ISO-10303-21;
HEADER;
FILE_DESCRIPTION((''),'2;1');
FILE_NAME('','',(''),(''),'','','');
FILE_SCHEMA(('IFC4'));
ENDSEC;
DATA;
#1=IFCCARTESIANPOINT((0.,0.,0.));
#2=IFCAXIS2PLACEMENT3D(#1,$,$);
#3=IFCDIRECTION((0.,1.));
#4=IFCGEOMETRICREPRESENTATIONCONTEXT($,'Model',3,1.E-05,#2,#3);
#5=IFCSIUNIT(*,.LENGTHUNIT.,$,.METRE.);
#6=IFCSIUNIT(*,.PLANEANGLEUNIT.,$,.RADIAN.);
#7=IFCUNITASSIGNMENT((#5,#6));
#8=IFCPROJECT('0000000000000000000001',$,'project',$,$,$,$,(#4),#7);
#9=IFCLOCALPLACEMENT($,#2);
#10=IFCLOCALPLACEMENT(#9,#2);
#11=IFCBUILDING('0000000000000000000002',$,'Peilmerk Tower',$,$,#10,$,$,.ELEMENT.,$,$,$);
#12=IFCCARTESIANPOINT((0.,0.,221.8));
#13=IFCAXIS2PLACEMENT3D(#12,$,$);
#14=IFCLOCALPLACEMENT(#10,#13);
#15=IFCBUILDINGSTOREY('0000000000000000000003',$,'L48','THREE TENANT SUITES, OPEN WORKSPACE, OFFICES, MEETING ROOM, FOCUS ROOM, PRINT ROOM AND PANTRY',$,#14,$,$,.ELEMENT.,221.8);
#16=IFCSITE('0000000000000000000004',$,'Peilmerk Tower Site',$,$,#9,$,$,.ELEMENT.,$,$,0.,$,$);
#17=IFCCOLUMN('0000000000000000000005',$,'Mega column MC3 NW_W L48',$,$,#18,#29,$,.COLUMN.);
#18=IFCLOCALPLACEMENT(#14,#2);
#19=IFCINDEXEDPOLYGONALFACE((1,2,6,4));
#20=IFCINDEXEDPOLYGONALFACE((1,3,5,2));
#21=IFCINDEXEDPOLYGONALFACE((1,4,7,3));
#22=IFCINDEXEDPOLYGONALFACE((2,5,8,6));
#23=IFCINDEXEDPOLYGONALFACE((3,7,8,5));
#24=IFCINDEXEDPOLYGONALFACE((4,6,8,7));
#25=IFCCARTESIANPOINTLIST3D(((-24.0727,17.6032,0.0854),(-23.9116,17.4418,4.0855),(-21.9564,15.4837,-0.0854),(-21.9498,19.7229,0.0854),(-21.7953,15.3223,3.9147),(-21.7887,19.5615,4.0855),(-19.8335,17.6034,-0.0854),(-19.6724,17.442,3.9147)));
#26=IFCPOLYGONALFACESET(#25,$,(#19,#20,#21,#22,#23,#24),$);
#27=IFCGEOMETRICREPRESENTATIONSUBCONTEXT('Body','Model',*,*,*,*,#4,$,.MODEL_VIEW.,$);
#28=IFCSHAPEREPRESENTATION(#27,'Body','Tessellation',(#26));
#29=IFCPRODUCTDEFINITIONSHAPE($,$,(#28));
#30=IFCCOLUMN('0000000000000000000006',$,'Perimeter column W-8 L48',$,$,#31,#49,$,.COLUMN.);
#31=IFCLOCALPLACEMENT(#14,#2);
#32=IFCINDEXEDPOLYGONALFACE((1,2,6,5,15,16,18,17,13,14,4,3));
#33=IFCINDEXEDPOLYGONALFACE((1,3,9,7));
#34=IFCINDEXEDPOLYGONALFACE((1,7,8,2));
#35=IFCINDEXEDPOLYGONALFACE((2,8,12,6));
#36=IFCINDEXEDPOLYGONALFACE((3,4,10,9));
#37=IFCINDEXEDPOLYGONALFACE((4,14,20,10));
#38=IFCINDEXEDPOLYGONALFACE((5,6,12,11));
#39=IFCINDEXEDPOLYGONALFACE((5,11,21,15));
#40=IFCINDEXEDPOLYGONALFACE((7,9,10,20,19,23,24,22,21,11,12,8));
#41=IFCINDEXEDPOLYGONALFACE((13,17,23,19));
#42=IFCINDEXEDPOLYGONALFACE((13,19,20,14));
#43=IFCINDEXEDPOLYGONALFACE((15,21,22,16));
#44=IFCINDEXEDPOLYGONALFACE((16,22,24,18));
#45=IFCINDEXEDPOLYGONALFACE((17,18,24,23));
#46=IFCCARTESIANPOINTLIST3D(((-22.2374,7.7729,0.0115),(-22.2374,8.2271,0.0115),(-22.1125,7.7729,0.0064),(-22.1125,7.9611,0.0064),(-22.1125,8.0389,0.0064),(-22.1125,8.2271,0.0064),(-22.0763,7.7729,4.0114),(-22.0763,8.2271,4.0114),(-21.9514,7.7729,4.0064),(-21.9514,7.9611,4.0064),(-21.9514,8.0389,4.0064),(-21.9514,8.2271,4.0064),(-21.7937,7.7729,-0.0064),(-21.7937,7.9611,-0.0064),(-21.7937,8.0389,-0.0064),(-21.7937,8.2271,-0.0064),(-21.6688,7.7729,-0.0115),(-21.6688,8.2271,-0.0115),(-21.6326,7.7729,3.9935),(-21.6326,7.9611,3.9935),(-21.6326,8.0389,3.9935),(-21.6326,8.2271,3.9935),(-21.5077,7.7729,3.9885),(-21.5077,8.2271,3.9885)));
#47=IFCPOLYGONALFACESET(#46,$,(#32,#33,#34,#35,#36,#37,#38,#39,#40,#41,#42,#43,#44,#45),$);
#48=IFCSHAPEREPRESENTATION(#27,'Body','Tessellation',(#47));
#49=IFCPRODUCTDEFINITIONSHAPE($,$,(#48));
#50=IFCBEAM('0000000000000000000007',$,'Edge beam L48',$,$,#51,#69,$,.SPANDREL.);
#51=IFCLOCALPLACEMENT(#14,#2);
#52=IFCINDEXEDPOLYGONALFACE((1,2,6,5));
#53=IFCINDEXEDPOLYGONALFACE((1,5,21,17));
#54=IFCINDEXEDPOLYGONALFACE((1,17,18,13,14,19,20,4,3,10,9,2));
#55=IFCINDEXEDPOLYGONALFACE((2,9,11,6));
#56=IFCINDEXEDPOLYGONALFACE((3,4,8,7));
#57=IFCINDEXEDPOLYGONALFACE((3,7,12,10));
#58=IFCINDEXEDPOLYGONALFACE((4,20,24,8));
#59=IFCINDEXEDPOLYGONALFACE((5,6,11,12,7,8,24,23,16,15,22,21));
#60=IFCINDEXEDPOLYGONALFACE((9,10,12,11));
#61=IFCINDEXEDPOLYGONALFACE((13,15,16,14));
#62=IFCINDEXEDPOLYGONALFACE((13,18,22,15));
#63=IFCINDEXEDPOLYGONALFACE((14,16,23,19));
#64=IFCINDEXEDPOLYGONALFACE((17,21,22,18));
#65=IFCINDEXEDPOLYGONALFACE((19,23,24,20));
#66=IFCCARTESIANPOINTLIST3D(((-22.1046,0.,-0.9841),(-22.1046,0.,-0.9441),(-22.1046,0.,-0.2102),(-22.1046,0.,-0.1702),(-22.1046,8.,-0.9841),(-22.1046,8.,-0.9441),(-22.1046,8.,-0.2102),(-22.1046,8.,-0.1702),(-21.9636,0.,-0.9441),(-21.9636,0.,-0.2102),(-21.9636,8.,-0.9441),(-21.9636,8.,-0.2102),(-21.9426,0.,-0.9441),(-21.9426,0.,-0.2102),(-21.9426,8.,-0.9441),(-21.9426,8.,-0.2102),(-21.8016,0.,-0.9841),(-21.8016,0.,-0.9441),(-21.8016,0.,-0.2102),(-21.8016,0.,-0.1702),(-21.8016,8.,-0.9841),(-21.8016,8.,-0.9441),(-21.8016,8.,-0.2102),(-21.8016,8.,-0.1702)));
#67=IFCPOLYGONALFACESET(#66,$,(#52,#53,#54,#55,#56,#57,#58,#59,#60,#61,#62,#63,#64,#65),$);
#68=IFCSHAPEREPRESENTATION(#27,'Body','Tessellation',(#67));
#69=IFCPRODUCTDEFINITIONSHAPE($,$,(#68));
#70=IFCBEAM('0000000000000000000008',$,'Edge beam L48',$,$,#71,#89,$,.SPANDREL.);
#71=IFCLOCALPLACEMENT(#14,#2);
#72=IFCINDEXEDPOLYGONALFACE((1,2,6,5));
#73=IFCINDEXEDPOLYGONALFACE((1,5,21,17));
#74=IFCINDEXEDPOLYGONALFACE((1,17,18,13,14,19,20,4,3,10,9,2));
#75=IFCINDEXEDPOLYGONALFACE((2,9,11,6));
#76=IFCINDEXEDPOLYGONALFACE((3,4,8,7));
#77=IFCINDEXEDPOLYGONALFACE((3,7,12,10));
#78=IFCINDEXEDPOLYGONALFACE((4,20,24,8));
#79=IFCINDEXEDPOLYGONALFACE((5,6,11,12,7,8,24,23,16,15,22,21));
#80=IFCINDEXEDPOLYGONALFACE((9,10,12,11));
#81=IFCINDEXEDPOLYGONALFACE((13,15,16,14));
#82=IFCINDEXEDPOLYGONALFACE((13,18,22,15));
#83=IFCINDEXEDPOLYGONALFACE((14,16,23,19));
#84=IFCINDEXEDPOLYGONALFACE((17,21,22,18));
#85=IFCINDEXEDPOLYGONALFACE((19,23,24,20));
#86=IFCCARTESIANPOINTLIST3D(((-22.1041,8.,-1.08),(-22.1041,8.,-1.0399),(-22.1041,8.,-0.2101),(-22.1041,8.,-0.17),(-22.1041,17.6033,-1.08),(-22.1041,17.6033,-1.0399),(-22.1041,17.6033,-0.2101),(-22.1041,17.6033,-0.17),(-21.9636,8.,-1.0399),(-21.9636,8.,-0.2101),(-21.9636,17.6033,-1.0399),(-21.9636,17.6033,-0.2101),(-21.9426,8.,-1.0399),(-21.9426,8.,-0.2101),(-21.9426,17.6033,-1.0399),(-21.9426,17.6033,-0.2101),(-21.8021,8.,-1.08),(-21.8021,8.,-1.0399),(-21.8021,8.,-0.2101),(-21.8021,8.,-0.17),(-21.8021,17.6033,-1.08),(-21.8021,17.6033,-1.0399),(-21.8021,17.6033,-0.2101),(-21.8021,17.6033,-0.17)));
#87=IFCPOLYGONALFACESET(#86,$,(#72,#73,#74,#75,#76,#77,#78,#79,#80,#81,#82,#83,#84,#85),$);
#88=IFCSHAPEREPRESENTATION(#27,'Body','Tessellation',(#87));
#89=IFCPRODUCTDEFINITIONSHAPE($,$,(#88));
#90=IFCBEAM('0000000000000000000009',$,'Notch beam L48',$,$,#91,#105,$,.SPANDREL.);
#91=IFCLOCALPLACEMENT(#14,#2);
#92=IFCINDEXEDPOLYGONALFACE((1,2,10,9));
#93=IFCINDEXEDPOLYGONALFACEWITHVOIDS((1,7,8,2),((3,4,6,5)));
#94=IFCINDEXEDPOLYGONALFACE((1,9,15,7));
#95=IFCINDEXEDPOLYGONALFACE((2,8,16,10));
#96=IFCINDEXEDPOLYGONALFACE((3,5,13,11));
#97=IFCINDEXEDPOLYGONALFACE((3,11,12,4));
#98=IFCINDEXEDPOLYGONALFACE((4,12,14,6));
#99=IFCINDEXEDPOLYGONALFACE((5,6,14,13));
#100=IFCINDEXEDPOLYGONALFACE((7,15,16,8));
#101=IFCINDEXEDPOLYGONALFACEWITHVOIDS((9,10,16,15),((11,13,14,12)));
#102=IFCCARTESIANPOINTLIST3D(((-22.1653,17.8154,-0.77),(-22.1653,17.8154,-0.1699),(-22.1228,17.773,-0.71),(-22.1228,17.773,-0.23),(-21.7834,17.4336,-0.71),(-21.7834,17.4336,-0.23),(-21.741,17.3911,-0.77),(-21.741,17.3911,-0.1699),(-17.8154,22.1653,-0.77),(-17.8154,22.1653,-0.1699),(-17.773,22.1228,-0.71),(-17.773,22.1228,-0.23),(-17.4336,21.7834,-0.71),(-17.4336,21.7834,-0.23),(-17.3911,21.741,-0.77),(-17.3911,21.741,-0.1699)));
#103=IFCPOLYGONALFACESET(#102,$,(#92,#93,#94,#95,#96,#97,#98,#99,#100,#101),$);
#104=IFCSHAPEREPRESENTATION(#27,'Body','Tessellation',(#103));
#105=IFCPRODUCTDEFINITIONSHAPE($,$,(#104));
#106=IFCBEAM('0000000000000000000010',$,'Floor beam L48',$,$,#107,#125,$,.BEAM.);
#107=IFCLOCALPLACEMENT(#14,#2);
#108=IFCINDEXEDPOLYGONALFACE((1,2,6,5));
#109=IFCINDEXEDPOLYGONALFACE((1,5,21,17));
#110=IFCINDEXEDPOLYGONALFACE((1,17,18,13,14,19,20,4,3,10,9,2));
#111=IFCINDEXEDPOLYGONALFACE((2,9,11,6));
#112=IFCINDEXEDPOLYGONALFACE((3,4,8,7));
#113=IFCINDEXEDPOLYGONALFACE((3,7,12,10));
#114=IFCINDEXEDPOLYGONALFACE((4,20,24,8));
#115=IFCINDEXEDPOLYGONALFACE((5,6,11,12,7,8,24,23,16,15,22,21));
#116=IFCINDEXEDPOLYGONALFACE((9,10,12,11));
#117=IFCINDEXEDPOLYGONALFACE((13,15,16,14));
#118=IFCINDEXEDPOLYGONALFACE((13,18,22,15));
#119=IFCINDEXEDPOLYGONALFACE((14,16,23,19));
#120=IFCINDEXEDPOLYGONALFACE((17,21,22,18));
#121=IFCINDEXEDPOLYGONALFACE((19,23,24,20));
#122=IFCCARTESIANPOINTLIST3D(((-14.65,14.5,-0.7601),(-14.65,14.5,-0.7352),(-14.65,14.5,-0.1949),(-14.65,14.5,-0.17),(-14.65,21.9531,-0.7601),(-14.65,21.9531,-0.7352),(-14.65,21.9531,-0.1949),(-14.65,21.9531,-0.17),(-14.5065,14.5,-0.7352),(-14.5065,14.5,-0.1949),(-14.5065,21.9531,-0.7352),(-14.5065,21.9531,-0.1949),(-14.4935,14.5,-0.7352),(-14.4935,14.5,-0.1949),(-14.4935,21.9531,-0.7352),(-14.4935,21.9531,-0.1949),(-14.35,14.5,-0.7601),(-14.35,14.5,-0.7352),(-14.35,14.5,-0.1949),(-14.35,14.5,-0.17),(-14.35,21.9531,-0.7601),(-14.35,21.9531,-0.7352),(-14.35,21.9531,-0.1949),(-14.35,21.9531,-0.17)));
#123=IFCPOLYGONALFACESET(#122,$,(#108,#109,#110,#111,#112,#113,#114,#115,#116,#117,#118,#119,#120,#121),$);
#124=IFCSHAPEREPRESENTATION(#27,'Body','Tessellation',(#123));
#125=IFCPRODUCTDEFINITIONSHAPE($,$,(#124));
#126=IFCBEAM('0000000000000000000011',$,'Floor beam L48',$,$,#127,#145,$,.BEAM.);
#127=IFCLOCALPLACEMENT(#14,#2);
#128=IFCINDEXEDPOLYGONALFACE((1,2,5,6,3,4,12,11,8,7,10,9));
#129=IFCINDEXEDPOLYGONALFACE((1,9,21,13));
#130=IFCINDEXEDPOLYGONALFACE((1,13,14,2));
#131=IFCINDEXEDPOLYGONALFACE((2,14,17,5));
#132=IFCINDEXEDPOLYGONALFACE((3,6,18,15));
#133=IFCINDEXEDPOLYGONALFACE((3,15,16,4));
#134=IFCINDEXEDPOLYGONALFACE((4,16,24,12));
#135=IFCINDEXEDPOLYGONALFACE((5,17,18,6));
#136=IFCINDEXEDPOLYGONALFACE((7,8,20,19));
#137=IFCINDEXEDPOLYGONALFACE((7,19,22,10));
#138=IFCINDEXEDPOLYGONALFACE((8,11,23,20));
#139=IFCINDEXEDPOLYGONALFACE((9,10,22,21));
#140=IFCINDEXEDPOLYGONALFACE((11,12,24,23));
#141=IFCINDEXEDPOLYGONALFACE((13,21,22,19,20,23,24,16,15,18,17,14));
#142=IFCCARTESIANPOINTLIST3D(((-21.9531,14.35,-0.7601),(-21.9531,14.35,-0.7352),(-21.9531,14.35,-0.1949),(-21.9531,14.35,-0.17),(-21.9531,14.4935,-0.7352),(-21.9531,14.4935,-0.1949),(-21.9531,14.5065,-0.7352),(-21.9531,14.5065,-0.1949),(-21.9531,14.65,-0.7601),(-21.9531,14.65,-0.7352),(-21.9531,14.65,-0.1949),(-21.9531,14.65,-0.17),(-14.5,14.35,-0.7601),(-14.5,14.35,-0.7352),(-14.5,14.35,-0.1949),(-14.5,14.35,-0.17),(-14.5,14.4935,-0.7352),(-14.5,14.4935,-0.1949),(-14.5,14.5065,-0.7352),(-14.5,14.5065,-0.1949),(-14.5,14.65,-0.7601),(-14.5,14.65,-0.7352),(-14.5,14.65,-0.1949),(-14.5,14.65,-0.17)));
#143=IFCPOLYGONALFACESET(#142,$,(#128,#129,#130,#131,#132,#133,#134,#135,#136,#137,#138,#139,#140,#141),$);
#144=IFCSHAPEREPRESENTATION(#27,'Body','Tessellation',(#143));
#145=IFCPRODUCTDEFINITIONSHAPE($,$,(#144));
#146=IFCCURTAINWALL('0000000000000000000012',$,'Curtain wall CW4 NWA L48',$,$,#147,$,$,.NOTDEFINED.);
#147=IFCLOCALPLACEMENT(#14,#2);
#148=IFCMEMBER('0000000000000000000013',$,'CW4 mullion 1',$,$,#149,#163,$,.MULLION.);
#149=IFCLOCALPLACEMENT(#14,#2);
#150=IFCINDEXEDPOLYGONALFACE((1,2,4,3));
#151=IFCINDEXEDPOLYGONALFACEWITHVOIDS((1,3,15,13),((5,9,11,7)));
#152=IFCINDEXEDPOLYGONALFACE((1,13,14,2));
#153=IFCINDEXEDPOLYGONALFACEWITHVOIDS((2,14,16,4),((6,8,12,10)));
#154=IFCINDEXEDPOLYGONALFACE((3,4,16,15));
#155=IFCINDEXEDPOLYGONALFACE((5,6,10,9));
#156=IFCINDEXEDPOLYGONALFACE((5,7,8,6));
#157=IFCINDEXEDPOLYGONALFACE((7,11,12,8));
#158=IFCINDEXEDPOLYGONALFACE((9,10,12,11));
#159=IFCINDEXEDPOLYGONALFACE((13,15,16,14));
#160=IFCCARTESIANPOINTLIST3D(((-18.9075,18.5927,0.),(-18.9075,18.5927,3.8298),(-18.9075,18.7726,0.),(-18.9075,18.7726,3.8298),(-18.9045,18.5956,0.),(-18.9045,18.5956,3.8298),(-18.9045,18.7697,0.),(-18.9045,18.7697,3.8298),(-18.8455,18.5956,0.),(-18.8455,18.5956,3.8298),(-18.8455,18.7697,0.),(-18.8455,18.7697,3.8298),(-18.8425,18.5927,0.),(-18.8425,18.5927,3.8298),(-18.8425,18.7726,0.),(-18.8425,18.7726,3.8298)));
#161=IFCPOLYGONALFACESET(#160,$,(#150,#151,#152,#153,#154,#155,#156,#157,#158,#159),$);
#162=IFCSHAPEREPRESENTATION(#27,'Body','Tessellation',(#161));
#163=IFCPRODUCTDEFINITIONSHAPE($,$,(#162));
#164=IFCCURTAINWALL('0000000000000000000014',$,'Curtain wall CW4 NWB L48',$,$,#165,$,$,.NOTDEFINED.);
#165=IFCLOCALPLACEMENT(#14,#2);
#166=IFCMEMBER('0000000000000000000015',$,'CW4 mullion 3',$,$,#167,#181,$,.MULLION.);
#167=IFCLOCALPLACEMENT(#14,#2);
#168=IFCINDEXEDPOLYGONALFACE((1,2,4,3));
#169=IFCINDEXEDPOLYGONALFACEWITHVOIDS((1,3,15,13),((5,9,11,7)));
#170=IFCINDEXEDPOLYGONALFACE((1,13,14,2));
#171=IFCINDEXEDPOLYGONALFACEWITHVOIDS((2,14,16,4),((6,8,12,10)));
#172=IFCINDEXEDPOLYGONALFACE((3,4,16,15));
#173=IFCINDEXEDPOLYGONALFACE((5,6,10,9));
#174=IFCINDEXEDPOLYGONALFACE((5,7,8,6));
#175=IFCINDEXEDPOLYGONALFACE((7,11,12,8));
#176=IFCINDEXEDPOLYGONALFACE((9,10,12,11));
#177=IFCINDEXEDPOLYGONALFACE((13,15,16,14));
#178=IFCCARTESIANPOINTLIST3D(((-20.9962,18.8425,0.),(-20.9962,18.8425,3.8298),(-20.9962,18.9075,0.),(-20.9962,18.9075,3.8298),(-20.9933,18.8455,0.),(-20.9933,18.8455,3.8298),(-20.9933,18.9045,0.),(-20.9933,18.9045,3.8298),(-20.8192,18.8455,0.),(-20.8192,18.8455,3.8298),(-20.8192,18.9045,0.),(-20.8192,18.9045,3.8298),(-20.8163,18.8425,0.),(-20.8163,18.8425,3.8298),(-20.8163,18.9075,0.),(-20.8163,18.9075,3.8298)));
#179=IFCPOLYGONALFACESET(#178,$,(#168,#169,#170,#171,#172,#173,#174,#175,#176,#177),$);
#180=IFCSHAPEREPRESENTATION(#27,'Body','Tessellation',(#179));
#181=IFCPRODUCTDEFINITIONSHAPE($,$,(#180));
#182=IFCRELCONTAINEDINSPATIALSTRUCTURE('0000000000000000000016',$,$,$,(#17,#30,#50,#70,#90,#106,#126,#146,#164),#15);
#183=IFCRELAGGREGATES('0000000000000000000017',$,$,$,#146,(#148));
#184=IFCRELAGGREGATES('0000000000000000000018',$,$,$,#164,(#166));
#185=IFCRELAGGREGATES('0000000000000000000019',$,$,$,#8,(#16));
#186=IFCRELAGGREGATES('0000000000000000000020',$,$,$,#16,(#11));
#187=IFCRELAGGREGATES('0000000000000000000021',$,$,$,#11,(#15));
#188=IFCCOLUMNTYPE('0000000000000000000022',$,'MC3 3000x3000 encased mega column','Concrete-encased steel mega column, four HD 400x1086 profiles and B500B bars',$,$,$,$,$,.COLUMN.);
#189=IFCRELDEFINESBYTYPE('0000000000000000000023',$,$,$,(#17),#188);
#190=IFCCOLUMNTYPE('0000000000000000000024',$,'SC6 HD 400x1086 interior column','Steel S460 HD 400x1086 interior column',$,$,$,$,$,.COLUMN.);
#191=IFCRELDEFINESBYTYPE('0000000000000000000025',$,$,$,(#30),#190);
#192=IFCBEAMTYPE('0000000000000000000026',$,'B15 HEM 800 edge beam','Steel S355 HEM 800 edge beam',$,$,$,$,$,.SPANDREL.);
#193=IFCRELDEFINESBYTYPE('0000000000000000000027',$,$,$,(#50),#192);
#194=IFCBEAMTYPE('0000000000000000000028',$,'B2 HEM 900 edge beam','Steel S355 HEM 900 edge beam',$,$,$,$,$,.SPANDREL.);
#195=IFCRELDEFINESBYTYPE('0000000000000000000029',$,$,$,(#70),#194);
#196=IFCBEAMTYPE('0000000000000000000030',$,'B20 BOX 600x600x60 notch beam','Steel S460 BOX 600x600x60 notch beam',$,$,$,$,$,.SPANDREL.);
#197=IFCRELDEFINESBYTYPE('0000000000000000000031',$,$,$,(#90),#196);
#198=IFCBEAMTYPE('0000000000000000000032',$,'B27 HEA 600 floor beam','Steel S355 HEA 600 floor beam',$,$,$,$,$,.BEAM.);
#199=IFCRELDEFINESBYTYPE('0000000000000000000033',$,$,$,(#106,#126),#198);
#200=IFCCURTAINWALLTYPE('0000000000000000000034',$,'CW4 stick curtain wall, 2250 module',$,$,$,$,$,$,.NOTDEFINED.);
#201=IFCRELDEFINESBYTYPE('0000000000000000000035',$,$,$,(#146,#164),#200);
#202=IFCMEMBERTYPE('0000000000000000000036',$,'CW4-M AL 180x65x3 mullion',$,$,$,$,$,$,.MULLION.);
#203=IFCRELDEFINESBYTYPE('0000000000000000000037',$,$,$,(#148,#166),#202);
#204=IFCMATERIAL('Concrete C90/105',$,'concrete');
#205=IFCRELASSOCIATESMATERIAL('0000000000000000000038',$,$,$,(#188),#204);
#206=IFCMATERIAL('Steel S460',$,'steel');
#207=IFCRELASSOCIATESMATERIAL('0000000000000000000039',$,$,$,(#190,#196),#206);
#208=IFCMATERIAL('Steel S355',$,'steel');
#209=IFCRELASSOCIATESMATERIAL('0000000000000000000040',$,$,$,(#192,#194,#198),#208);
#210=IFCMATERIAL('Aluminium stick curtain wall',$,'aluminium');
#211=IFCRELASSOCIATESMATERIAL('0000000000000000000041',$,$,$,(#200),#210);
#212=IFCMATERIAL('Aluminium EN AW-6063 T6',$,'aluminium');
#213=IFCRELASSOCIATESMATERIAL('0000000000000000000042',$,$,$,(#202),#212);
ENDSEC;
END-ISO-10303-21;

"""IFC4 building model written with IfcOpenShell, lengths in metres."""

from ifc_helpers import new_model, si_unit, direction, frame, origin, origin_2d, place, context, subcontext, project, spatial, rectangle, hollow_rectangle, i_section, extrude, material, material_profile, profile_set, type_object, element, aggregate, save


model = new_model("IFC4")

# Units and contexts
model_context = context("Model", 3, precision=1e-05, world=origin(), true_north=direction((0.0, 1.0)))
body_context = subcontext(model_context, "Body", "Model", "MODEL_VIEW")
ifc_project = project(units=[si_unit("LENGTHUNIT", "METRE"), si_unit("PLANEANGLEUNIT", "RADIAN")], contexts=[model_context])

# Site, building, storey
site_placement = place(None, origin())
site = spatial("IfcSite", under=ifc_project, at=site_placement, Name="Peilmerk Tower Site", CompositionType="ELEMENT", RefElevation=0.0)
building_placement = place(site_placement, origin())
building = spatial("IfcBuilding", under=site, at=building_placement, Name="Peilmerk Tower", CompositionType="ELEMENT")
storey_placement = place(building_placement, frame((0.0, 0.0, 221.8)))
storey = spatial("IfcBuildingStorey", under=building, at=storey_placement, Name="L48", Description="THREE TENANT SUITES, OPEN WORKSPACE, OFFICES, MEETING ROOM, FOCUS ROOM, PRINT ROOM AND PANTRY", CompositionType="ELEMENT", Elevation=221.8)

# Columns
ifc_material_1 = material(Name="Concrete C90/105", Category="concrete")
ifc_material_profile_1 = material_profile(ifc_material_1, rectangle(XDim=3.0, YDim=3.0, at=origin_2d()), Name="RC 3000x3000")
ifc_profile_set_1 = profile_set([ifc_material_profile_1], Name="Concrete C90/105")
column_type_1 = type_object("IfcColumnType", Name="MC3 3000x3000 encased mega column", Description="Concrete-encased steel mega column, four HD 400x1086 profiles and B500B bars", PredefinedType="COLUMN", material=ifc_profile_set_1)
column_1_placement = place(storey_placement, frame((-21.9531, 17.6033, 0.0), z_axis=(0.040218, -0.040279, 0.998379), x_axis=(0.707642, 0.706571, 0.0)))
element("IfcColumn", 1, at=column_1_placement, inside=storey, type_object=column_type_1, Name="Mega column MC3 NW_W L48", PredefinedType="COLUMN", context=body_context, shape_type="SweptSolid", body=[
    extrude(rectangle(XDim=3.0, YDim=3.0, at=origin_2d()), origin(), (0.0, 0.0, 1.0), 4.0066),
])
ifc_material_2 = material(Name="Steel S460", Category="steel")
ifc_material_profile_2 = material_profile(ifc_material_2, i_section(OverallWidth=0.4541, OverallDepth=0.5691, WebThickness=0.0779, FlangeThickness=0.125, at=origin_2d()), Name="HD 400x1086")
ifc_profile_set_2 = profile_set([ifc_material_profile_2], Name="Steel S460")
column_type_2 = type_object("IfcColumnType", Name="SC6 HD 400x1086 interior column", Description="Steel S460 HD 400x1086 interior column", PredefinedType="COLUMN", material=ifc_profile_set_2)
column_2_placement = place(storey_placement, frame((-21.9531, 8.0, 0.0), z_axis=(0.040251, 0.0, 0.99919), x_axis=(0.0, 1.0, 0.0)))
element("IfcColumn", 2, at=column_2_placement, inside=storey, type_object=column_type_2, Name="Perimeter column W-8 L48", PredefinedType="COLUMN", context=body_context, shape_type="SweptSolid", body=[
    extrude(i_section(OverallWidth=0.4541, OverallDepth=0.5691, WebThickness=0.0779, FlangeThickness=0.125, at=origin_2d()), origin(), (0.0, 0.0, 1.0), 4.0032),
])

# Beams
ifc_material_3 = material(Name="Steel S355", Category="steel")
ifc_material_profile_3 = material_profile(ifc_material_3, i_section(OverallWidth=0.303, OverallDepth=0.814, WebThickness=0.021, FlangeThickness=0.04, at=origin_2d()), Name="HEM 800")
ifc_profile_set_3 = profile_set([ifc_material_profile_3], Name="Steel S355")
beam_type_1 = type_object("IfcBeamType", Name="B15 HEM 800 edge beam", Description="Steel S355 HEM 800 edge beam", PredefinedType="SPANDREL", material=ifc_profile_set_3)
beam_1_placement = place(storey_placement, frame((-21.9531, 8.0, -0.5771), z_axis=(0.0, -1.0, 0.0), x_axis=(1.0, 0.0, 0.0)))
element("IfcBeam", 3, at=beam_1_placement, inside=storey, type_object=beam_type_1, Name="Edge beam L48", PredefinedType="SPANDREL", context=body_context, shape_type="SweptSolid", body=[
    extrude(i_section(OverallWidth=0.303, OverallDepth=0.814, WebThickness=0.021, FlangeThickness=0.04, at=origin_2d()), origin(), (0.0, 0.0, 1.0), 8.0),
])
ifc_material_profile_4 = material_profile(ifc_material_3, i_section(OverallWidth=0.302, OverallDepth=0.9099, WebThickness=0.021, FlangeThickness=0.04, at=origin_2d()), Name="HEM 900")
ifc_profile_set_4 = profile_set([ifc_material_profile_4], Name="Steel S355")
beam_type_2 = type_object("IfcBeamType", Name="B2 HEM 900 edge beam", Description="Steel S355 HEM 900 edge beam", PredefinedType="SPANDREL", material=ifc_profile_set_4)
beam_2_placement = place(storey_placement, frame((-21.9531, 17.6033, -0.625), z_axis=(0.0, -1.0, 0.0), x_axis=(1.0, 0.0, 0.0)))
element("IfcBeam", 4, at=beam_2_placement, inside=storey, type_object=beam_type_2, Name="Edge beam L48", PredefinedType="SPANDREL", context=body_context, shape_type="SweptSolid", body=[
    extrude(i_section(OverallWidth=0.302, OverallDepth=0.9099, WebThickness=0.021, FlangeThickness=0.04, at=origin_2d()), origin(), (0.0, 0.0, 1.0), 9.6033),
])
ifc_material_profile_5 = material_profile(ifc_material_2, hollow_rectangle(XDim=0.6001, YDim=0.6001, WallThickness=0.0601, at=origin_2d()), Name="BOX 600x600x60")
ifc_profile_set_5 = profile_set([ifc_material_profile_5], Name="Steel S460")
beam_type_3 = type_object("IfcBeamType", Name="B20 BOX 600x600x60 notch beam", Description="Steel S460 BOX 600x600x60 notch beam", PredefinedType="SPANDREL", material=ifc_profile_set_5)
beam_3_placement = place(storey_placement, frame((-21.9531, 17.6033, -0.47), z_axis=(0.707107, 0.707107, 0.0), x_axis=(-0.707107, 0.707107, 0.0)))
element("IfcBeam", 5, at=beam_3_placement, inside=storey, type_object=beam_type_3, Name="Notch beam L48", PredefinedType="SPANDREL", context=body_context, shape_type="SweptSolid", body=[
    extrude(hollow_rectangle(XDim=0.6001, YDim=0.6001, WallThickness=0.0601, at=origin_2d()), origin(), (0.0, 0.0, 1.0), 6.1516),
])
ifc_material_profile_6 = material_profile(ifc_material_3, i_section(OverallWidth=0.3, OverallDepth=0.5901, WebThickness=0.0129, FlangeThickness=0.0249, at=origin_2d()), Name="HEA 600")
ifc_profile_set_6 = profile_set([ifc_material_profile_6], Name="Steel S355")
beam_type_4 = type_object("IfcBeamType", Name="B27 HEA 600 floor beam", Description="Steel S355 HEA 600 floor beam", PredefinedType="BEAM", material=ifc_profile_set_6)
for number, where, z_axis, x_axis, name in (
    (6, (-14.5, 14.5, -0.4651), (0.0, 1.0, 0.0), (-1.0, 0.0, 0.0), "Floor beam L48"),
    (7, (-14.5, 14.5, -0.4651), (-1.0, 0.0, 0.0), (0.0, -1.0, 0.0), "Floor beam L48"),
):
    element("IfcBeam", number, at=place(storey_placement, frame(where, z_axis=z_axis, x_axis=x_axis)), inside=storey, type_object=beam_type_4, Name=name, PredefinedType="BEAM", context=body_context, shape_type="SweptSolid", body=[
        extrude(i_section(OverallWidth=0.3, OverallDepth=0.5901, WebThickness=0.0129, FlangeThickness=0.0249, at=origin_2d()), origin(), (0.0, 0.0, 1.0), 7.4531),
    ])

# Curtain walls, members
ifc_material_4 = material(Name="Aluminium stick curtain wall", Category="aluminium")
curtain_wall_type = type_object("IfcCurtainWallType", Name="CW4 stick curtain wall, 2250 module", PredefinedType="NOTDEFINED", material=ifc_material_4)
curtain_wall_1_placement = place(storey_placement, origin())
curtain_wall_1 = element("IfcCurtainWall", 8, at=curtain_wall_1_placement, inside=storey, type_object=curtain_wall_type, Name="Curtain wall CW4 NWA L48", PredefinedType="NOTDEFINED")
ifc_material_5 = material(Name="Aluminium EN AW-6063 T6", Category="aluminium")
ifc_material_profile_7 = material_profile(ifc_material_5, hollow_rectangle(XDim=0.0649, YDim=0.1799, WallThickness=0.0029, at=origin_2d()), Name="AL 180x65x3")
ifc_profile_set_7 = profile_set([ifc_material_profile_7], Name="Aluminium EN AW-6063 T6")
member_type_1 = type_object("IfcMemberType", Name="CW4-M AL 180x65x3 mullion", PredefinedType="MULLION", material=ifc_profile_set_7)
member_1_placement = place(storey_placement, frame((-18.875, 18.6826, 0.0), z_axis=(0.0, 0.0, 1.0), x_axis=(-1.0, 0.0, 0.0)))
member_1 = element("IfcMember", 9, at=member_1_placement, type_object=member_type_1, Name="CW4 mullion 1", PredefinedType="MULLION", context=body_context, shape_type="SweptSolid", body=[
    extrude(hollow_rectangle(XDim=0.0649, YDim=0.1799, WallThickness=0.0029, at=origin_2d()), origin(), (0.0, 0.0, 1.0), 3.8298),
])
curtain_wall_2_placement = place(storey_placement, origin())
curtain_wall_2 = element("IfcCurtainWall", 10, at=curtain_wall_2_placement, inside=storey, type_object=curtain_wall_type, Name="Curtain wall CW4 NWB L48", PredefinedType="NOTDEFINED")
member_2_placement = place(storey_placement, frame((-20.9062, 18.875, 0.0), z_axis=(0.0, 0.0, 1.0), x_axis=(0.0, -1.0, 0.0)))
member_2 = element("IfcMember", 11, at=member_2_placement, type_object=member_type_1, Name="CW4 mullion 3", PredefinedType="MULLION", context=body_context, shape_type="SweptSolid", body=[
    extrude(hollow_rectangle(XDim=0.0649, YDim=0.1799, WallThickness=0.0029, at=origin_2d()), origin(), (0.0, 0.0, 1.0), 3.8298),
])

aggregate(curtain_wall_1, [member_1])

aggregate(curtain_wall_2, [member_2])

save(model, "model.ifc")
